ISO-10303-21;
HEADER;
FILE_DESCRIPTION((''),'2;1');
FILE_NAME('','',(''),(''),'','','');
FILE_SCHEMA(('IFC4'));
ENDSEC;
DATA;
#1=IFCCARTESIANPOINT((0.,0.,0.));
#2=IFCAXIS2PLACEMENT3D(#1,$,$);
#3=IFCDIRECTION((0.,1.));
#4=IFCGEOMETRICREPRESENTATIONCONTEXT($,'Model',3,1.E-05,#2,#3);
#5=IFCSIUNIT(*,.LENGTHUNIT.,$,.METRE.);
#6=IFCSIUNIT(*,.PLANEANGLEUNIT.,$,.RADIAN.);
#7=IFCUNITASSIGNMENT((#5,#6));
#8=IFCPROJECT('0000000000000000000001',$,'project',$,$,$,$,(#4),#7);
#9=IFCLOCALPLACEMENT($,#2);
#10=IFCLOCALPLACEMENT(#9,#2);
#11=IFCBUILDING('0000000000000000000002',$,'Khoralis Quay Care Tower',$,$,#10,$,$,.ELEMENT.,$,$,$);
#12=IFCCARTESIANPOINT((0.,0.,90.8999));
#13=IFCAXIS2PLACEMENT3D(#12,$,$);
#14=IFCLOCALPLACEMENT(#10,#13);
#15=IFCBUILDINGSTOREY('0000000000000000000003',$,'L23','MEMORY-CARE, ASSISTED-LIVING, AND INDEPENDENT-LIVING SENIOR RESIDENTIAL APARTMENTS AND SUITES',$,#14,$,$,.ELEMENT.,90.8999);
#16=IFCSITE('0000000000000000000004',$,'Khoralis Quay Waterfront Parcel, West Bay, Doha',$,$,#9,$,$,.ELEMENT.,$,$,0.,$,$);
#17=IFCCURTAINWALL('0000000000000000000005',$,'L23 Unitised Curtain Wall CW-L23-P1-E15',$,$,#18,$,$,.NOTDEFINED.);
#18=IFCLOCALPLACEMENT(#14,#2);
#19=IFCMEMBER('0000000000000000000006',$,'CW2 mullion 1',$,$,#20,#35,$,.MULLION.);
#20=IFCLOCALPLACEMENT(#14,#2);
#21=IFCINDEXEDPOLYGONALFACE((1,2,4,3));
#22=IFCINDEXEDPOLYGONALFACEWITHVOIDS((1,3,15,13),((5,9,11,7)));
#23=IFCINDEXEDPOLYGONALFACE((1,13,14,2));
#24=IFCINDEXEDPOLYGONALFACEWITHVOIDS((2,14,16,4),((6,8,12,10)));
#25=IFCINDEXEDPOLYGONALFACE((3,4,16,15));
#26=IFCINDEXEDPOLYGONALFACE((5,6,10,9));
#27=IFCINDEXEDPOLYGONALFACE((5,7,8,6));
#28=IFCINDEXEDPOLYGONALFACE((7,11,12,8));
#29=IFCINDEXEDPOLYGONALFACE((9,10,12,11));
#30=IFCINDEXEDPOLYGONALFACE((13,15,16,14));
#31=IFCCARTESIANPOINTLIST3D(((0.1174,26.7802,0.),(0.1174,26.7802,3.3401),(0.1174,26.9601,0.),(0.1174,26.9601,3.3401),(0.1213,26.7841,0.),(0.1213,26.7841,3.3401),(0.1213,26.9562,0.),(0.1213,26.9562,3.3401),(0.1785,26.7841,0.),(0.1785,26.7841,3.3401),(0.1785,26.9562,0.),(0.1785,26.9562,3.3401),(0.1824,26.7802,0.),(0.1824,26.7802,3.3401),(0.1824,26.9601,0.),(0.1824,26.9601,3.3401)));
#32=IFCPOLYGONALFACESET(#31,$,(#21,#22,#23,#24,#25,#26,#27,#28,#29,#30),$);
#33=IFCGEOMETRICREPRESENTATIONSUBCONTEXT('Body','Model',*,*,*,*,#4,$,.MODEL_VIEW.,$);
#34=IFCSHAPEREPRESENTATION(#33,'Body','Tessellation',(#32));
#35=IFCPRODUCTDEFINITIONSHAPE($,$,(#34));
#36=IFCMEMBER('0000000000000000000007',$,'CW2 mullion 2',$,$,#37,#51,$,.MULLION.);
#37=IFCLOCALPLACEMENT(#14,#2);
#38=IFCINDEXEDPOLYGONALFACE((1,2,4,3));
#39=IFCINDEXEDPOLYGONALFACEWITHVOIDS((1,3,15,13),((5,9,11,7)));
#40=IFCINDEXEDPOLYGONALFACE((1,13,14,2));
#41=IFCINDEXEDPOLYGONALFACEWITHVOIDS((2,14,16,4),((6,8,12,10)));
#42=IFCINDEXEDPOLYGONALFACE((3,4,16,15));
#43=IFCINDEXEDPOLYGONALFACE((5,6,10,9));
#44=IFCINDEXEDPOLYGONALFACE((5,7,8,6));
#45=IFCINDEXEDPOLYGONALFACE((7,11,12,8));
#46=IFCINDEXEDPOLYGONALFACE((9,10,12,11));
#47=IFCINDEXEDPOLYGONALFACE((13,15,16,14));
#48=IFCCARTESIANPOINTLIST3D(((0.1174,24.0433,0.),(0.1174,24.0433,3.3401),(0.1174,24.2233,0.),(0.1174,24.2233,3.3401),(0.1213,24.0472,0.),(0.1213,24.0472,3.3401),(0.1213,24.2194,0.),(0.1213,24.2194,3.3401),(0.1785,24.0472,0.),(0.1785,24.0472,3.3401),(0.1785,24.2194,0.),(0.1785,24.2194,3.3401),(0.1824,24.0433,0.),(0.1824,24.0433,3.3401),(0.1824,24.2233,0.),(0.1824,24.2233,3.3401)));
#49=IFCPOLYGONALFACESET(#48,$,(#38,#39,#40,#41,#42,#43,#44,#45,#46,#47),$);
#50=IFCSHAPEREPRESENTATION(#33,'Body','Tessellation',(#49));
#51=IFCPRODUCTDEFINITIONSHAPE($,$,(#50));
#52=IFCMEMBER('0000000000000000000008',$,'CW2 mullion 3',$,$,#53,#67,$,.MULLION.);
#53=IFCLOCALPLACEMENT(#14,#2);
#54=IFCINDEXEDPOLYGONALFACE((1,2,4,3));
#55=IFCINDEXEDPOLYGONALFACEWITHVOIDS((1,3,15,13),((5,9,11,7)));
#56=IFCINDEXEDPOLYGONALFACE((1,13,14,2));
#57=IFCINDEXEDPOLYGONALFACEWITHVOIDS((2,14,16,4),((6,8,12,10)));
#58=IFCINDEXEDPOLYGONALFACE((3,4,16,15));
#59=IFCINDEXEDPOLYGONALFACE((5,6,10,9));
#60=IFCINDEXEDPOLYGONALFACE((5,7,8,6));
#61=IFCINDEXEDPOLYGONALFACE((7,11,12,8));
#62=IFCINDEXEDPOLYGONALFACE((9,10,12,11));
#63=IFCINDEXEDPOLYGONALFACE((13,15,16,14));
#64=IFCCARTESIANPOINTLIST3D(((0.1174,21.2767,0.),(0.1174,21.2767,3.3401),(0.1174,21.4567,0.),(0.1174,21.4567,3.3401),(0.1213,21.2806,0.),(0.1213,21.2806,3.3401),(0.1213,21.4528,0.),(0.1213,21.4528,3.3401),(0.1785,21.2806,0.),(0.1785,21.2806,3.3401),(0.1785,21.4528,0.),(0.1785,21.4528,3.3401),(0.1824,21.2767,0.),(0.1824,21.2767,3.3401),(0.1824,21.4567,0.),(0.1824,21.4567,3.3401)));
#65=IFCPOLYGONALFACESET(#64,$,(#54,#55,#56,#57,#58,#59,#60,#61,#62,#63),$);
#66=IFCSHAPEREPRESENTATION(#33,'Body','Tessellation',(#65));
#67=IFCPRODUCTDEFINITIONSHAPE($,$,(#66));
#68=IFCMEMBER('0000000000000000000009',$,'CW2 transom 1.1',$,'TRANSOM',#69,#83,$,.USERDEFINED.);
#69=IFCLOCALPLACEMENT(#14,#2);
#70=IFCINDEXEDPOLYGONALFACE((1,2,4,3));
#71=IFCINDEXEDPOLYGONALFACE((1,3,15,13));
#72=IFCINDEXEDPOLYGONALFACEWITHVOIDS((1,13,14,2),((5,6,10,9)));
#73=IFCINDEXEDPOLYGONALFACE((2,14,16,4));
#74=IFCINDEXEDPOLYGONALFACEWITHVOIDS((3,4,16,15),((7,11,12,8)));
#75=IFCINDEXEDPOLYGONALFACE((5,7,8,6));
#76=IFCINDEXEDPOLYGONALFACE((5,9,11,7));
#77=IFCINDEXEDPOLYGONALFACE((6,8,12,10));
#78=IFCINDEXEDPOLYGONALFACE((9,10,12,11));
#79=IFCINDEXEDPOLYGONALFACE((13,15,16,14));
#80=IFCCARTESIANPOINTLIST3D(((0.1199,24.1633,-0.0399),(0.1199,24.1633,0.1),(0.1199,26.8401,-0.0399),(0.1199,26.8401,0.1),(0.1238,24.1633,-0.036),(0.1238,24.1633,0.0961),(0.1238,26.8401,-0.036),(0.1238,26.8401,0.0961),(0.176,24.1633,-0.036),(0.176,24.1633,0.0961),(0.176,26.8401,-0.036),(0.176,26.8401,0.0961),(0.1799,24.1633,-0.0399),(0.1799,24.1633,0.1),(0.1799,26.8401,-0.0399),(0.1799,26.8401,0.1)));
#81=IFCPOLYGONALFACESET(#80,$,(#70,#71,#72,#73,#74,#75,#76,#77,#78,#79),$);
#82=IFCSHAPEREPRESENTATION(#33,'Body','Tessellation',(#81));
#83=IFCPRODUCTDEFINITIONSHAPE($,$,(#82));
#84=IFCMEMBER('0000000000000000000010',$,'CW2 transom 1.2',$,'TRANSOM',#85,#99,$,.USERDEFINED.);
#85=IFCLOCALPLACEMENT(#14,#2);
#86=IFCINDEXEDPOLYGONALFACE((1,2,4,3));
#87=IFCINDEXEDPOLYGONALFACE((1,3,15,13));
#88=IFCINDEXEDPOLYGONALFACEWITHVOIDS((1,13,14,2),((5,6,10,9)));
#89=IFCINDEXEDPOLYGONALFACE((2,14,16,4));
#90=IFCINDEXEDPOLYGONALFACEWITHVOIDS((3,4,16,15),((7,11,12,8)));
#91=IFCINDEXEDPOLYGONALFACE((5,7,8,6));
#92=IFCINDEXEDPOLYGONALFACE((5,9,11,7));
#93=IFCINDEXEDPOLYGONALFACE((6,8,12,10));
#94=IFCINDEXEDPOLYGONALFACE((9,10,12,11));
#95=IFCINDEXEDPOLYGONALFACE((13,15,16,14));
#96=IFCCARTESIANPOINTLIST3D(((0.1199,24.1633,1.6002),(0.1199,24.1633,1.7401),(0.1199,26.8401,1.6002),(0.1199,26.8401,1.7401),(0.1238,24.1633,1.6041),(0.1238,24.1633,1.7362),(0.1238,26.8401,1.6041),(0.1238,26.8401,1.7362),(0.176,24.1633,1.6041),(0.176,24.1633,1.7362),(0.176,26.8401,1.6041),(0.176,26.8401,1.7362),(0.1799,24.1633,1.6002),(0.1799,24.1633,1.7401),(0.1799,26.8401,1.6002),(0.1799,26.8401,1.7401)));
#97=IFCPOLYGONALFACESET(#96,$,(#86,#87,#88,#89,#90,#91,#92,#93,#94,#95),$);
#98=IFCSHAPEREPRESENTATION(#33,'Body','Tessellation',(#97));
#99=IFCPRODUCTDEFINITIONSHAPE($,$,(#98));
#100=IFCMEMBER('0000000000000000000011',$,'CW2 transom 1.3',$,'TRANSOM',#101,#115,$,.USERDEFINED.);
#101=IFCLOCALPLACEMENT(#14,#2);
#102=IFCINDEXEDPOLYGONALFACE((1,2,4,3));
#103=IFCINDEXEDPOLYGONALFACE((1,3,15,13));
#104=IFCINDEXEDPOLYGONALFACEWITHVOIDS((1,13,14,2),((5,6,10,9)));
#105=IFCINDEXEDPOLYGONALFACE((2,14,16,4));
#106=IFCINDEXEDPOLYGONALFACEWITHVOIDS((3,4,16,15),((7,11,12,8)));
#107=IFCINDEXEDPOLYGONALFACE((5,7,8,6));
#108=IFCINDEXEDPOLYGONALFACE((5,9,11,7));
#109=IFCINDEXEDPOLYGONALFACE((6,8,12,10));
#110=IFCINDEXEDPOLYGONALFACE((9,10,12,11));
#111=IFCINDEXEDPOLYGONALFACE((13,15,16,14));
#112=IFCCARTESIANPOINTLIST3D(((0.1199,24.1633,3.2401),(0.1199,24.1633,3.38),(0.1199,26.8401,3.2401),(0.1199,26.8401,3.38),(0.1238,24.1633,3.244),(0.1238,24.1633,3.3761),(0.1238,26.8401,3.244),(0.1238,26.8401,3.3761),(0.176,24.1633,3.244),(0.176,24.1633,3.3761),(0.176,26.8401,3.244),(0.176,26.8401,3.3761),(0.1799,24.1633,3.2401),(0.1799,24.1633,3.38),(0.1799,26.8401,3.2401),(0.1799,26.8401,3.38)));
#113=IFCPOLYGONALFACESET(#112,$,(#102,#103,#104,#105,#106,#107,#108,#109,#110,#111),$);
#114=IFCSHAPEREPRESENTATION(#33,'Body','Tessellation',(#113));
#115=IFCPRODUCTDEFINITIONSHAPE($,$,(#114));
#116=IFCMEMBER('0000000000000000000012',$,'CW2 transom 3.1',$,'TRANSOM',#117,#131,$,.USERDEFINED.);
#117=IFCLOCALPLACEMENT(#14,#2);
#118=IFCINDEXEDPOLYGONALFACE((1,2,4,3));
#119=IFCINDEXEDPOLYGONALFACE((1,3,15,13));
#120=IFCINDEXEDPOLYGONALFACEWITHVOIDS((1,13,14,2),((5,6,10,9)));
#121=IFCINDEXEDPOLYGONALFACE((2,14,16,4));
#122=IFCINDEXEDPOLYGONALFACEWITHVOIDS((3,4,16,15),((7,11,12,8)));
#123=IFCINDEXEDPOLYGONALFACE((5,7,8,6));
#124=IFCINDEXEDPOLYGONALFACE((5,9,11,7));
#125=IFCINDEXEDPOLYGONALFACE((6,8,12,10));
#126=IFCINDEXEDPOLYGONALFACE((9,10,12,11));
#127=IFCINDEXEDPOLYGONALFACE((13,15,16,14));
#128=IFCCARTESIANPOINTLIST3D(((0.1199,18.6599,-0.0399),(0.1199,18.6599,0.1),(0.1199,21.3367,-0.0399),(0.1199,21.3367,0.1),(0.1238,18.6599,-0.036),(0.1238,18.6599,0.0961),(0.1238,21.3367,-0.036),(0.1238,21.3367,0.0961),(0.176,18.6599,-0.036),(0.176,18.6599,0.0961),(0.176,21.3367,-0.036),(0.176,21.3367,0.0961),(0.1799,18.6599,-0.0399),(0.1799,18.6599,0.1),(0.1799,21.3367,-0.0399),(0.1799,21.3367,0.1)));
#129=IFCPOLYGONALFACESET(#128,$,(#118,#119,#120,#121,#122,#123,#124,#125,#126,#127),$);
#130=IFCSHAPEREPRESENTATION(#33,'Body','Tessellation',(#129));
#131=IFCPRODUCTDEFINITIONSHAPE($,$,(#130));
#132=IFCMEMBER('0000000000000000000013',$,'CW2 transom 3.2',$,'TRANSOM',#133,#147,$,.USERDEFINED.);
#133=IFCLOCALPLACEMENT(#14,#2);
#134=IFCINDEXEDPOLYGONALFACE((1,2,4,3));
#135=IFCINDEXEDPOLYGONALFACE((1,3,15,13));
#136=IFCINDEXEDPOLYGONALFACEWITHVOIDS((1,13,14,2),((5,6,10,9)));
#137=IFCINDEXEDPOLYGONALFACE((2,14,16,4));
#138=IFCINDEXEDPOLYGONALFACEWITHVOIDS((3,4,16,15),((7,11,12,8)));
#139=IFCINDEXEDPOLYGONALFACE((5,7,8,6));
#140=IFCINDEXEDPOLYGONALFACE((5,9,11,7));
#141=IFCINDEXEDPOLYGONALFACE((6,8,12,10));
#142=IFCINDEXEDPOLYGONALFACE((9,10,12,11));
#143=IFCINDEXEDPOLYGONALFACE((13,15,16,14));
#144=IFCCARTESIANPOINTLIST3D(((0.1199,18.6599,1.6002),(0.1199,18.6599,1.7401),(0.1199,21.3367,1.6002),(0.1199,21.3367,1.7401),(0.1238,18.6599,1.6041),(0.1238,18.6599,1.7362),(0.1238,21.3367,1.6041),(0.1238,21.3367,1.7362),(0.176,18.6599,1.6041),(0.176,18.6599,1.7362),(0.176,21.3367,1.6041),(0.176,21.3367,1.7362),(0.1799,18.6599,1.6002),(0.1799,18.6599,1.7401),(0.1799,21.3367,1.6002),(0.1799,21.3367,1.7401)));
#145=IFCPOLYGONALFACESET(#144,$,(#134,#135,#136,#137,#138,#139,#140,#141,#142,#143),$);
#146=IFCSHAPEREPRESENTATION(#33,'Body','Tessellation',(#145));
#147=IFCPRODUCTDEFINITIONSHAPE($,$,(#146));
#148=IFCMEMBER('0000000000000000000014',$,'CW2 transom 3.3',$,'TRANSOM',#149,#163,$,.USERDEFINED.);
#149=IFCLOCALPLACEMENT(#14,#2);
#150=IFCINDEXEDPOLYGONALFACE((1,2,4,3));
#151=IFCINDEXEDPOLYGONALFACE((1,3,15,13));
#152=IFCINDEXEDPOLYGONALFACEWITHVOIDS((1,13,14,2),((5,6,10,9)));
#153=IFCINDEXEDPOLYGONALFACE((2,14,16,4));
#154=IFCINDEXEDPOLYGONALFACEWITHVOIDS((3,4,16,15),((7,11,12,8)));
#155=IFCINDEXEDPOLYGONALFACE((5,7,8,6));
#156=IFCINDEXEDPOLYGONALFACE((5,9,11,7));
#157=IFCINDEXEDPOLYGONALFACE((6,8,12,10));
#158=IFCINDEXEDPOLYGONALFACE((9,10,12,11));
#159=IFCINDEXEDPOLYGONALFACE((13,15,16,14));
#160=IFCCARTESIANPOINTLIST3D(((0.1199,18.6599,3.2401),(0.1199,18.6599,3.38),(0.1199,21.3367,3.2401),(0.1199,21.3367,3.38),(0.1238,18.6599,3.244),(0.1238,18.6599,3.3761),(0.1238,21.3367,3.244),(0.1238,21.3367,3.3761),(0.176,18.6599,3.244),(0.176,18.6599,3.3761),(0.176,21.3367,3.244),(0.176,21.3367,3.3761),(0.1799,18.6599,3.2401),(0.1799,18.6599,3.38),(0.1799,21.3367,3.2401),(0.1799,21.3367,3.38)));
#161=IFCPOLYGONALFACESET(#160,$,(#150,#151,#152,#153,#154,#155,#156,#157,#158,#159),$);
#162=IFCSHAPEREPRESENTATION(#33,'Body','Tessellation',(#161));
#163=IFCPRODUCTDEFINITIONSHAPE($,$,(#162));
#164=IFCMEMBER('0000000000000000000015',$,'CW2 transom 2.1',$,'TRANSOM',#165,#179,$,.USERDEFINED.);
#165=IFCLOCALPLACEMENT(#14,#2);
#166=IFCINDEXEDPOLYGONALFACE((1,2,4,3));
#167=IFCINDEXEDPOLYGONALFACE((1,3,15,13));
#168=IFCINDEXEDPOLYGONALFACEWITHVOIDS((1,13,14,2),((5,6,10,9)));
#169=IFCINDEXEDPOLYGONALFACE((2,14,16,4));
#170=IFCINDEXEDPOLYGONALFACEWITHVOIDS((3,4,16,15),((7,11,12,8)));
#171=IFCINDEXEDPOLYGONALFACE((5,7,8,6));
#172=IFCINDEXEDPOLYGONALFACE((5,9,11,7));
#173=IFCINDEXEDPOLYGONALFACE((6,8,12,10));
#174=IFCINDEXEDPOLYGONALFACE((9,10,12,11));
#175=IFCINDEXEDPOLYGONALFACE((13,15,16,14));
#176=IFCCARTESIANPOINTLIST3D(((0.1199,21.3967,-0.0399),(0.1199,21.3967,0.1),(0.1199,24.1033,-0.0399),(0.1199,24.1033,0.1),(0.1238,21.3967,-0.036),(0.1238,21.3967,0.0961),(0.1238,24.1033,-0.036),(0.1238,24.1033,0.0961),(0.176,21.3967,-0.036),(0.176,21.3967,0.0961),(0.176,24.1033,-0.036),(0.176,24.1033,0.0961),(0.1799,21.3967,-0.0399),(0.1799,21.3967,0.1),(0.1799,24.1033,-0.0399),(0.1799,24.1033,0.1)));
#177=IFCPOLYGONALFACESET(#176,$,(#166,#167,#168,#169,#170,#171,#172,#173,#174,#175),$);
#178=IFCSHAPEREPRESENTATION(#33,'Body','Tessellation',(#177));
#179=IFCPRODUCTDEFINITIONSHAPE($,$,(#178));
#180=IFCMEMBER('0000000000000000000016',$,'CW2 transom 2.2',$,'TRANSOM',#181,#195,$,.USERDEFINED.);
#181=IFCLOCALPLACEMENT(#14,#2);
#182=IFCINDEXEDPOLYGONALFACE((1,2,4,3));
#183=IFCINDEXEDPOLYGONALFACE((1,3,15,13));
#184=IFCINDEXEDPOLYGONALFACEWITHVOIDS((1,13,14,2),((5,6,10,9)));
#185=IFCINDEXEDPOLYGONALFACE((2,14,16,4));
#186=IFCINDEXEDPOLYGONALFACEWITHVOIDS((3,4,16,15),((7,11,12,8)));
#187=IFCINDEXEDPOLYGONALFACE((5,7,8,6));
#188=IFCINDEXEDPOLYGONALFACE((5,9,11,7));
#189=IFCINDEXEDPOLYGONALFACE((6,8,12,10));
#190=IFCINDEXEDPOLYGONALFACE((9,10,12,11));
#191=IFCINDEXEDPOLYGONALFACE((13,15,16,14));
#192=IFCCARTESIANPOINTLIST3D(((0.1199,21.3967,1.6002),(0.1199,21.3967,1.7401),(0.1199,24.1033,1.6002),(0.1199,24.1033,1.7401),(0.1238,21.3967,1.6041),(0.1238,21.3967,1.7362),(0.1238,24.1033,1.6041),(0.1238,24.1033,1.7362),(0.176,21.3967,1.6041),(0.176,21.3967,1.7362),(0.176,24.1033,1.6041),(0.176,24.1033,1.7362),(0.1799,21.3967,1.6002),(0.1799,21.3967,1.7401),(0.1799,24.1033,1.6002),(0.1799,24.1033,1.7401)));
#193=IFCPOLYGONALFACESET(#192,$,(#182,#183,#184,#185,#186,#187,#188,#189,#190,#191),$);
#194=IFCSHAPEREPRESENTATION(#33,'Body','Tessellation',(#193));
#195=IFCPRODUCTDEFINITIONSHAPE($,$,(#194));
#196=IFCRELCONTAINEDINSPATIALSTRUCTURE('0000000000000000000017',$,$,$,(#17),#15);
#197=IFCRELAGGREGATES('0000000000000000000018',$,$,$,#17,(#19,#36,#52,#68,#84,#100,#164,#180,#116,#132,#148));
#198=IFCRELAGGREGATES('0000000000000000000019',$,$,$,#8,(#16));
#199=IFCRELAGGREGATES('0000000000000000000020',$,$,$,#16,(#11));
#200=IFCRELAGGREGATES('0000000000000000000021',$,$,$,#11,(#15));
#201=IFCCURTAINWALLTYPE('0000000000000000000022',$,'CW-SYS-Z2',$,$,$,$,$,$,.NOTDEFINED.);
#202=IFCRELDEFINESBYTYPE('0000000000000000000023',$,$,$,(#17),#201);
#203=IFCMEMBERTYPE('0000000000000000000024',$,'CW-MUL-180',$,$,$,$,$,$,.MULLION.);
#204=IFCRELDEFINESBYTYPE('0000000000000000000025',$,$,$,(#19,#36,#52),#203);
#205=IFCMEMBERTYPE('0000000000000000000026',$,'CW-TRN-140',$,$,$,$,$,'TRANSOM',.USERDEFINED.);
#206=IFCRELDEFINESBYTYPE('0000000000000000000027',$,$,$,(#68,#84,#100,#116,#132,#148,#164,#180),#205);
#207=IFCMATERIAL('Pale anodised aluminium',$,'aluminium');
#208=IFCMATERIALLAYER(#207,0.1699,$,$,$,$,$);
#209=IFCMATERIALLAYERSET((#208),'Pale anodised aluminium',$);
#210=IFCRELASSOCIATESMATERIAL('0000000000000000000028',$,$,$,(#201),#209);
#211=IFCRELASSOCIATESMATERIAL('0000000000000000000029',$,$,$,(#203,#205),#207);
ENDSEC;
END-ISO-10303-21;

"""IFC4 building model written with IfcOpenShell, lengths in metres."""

from ifc_helpers import new_model, si_unit, direction, frame, origin, origin_2d, place, context, subcontext, project, spatial, hollow_rectangle, extrude, source, transform, mapped, material, layer, layer_set, material_profile, profile_set, type_object, element, aggregate, save


model = new_model("IFC4")

# Units and contexts
model_context = context("Model", 3, precision=1e-05, world=origin(), true_north=direction((0.0, 1.0)))
body_context = subcontext(model_context, "Body", "Model", "MODEL_VIEW")
ifc_project = project(units=[si_unit("LENGTHUNIT", "METRE"), si_unit("PLANEANGLEUNIT", "RADIAN")], contexts=[model_context])

# Site, building, storey
site_placement = place(None, origin())
site = spatial("IfcSite", under=ifc_project, at=site_placement, Name="Khoralis Quay Waterfront Parcel, West Bay, Doha", CompositionType="ELEMENT", RefElevation=0.0)
building_placement = place(site_placement, origin())
building = spatial("IfcBuilding", under=site, at=building_placement, Name="Khoralis Quay Care Tower", CompositionType="ELEMENT")
storey_placement = place(building_placement, frame((0.0, 0.0, 90.8999)))
storey = spatial("IfcBuildingStorey", under=building, at=storey_placement, Name="L23", Description="MEMORY-CARE, ASSISTED-LIVING, AND INDEPENDENT-LIVING SENIOR RESIDENTIAL APARTMENTS AND SUITES", CompositionType="ELEMENT", Elevation=90.8999)

# Curtain wall, members
ifc_material_1 = material(Name="Pale anodised aluminium", Category="aluminium")
ifc_layer_1 = layer(ifc_material_1, 0.1699)
ifc_layer_set_1 = layer_set([ifc_layer_1], Name="Pale anodised aluminium")
curtain_wall_type = type_object("IfcCurtainWallType", Name="CW-SYS-Z2", PredefinedType="NOTDEFINED", material=ifc_layer_set_1)
curtain_wall_placement = place(storey_placement, origin())
curtain_wall = element("IfcCurtainWall", 1, at=curtain_wall_placement, inside=storey, type_object=curtain_wall_type, Name="L23 Unitised Curtain Wall CW-L23-P1-E15", PredefinedType="NOTDEFINED")
ifc_material_profile_1 = material_profile(ifc_material_1, hollow_rectangle(XDim=0.0649, YDim=0.1799, WallThickness=0.0039, at=origin_2d()), Name="Pale anodised aluminium")
ifc_profile_set_1 = profile_set([ifc_material_profile_1], Name="Pale anodised aluminium")
member_type_1 = type_object("IfcMemberType", Name="CW-MUL-180", PredefinedType="MULLION", material=ifc_profile_set_1)
shared_shape_1 = source(origin(), body_context, "Body", "SweptSolid", [
    extrude(hollow_rectangle(XDim=0.0649, YDim=0.1799, WallThickness=0.0039, at=origin_2d()), origin(), (0.0, 0.0, 1.0), 3.3401),
])
member_1_placement = place(storey_placement, frame((0.1499, 26.8701, 0.0), z_axis=(0.0, 0.0, 1.0), x_axis=(1.0, 0.0, 0.0)))
member_1 = element("IfcMember", 2, at=member_1_placement, type_object=member_type_1, Name="CW2 mullion 1", PredefinedType="MULLION", context=body_context, shape_type="MappedRepresentation", body=[
    mapped(shared_shape_1, transform((0.0, 0.0, 0.0), scale=1.0)),
])
member_2_placement = place(storey_placement, frame((0.1499, 24.1333, 0.0), z_axis=(0.0, 0.0, 1.0), x_axis=(1.0, 0.0, 0.0)))
member_2 = element("IfcMember", 3, at=member_2_placement, type_object=member_type_1, Name="CW2 mullion 2", PredefinedType="MULLION", context=body_context, shape_type="MappedRepresentation", body=[
    mapped(shared_shape_1, transform((0.0, 0.0, 0.0), scale=1.0)),
])
member_3_placement = place(storey_placement, frame((0.1499, 21.3667, 0.0), z_axis=(0.0, 0.0, 1.0), x_axis=(1.0, 0.0, 0.0)))
member_3 = element("IfcMember", 4, at=member_3_placement, type_object=member_type_1, Name="CW2 mullion 3", PredefinedType="MULLION", context=body_context, shape_type="MappedRepresentation", body=[
    mapped(shared_shape_1, transform((0.0, 0.0, 0.0), scale=1.0)),
])
ifc_material_profile_2 = material_profile(ifc_material_1, hollow_rectangle(XDim=0.0601, YDim=0.1399, WallThickness=0.0039, at=origin_2d()), Name="Pale anodised aluminium")
ifc_profile_set_2 = profile_set([ifc_material_profile_2], Name="Pale anodised aluminium")
member_type_2 = type_object("IfcMemberType", Name="CW-TRN-140", ElementType="TRANSOM", PredefinedType="USERDEFINED", material=ifc_profile_set_2)
shared_shape_2 = source(origin(), body_context, "Body", "SweptSolid", [
    extrude(hollow_rectangle(XDim=0.0601, YDim=0.1399, WallThickness=0.0039, at=origin_2d()), origin(), (0.0, 0.0, 1.0), 2.6768),
])
member_4_placement = place(storey_placement, frame((0.1499, 26.8401, 0.03), z_axis=(0.0, -1.0, 0.0), x_axis=(1.0, 0.0, 0.0)))
member_4 = element("IfcMember", 5, at=member_4_placement, type_object=member_type_2, Name="CW2 transom 1.1", ObjectType="TRANSOM", PredefinedType="USERDEFINED", context=body_context, shape_type="MappedRepresentation", body=[
    mapped(shared_shape_2, transform((0.0, 0.0, 0.0), scale=1.0)),
])
member_5_placement = place(storey_placement, frame((0.1499, 26.8401, 1.6702), z_axis=(0.0, -1.0, 0.0), x_axis=(1.0, 0.0, 0.0)))
member_5 = element("IfcMember", 6, at=member_5_placement, type_object=member_type_2, Name="CW2 transom 1.2", ObjectType="TRANSOM", PredefinedType="USERDEFINED", context=body_context, shape_type="MappedRepresentation", body=[
    mapped(shared_shape_2, transform((0.0, 0.0, 0.0), scale=1.0)),
])
member_6_placement = place(storey_placement, frame((0.1499, 26.8401, 3.3101), z_axis=(0.0, -1.0, 0.0), x_axis=(1.0, 0.0, 0.0)))
member_6 = element("IfcMember", 7, at=member_6_placement, type_object=member_type_2, Name="CW2 transom 1.3", ObjectType="TRANSOM", PredefinedType="USERDEFINED", context=body_context, shape_type="MappedRepresentation", body=[
    mapped(shared_shape_2, transform((0.0, 0.0, 0.0), scale=1.0)),
])
member_7_placement = place(storey_placement, frame((0.1499, 21.3367, 0.03), z_axis=(0.0, -1.0, 0.0), x_axis=(1.0, 0.0, 0.0)))
member_7 = element("IfcMember", 8, at=member_7_placement, type_object=member_type_2, Name="CW2 transom 3.1", ObjectType="TRANSOM", PredefinedType="USERDEFINED", context=body_context, shape_type="MappedRepresentation", body=[
    mapped(shared_shape_2, transform((0.0, 0.0, 0.0), scale=1.0)),
])
member_8_placement = place(storey_placement, frame((0.1499, 21.3367, 1.6702), z_axis=(0.0, -1.0, 0.0), x_axis=(1.0, 0.0, 0.0)))
member_8 = element("IfcMember", 9, at=member_8_placement, type_object=member_type_2, Name="CW2 transom 3.2", ObjectType="TRANSOM", PredefinedType="USERDEFINED", context=body_context, shape_type="MappedRepresentation", body=[
    mapped(shared_shape_2, transform((0.0, 0.0, 0.0), scale=1.0)),
])
member_9_placement = place(storey_placement, frame((0.1499, 21.3367, 3.3101), z_axis=(0.0, -1.0, 0.0), x_axis=(1.0, 0.0, 0.0)))
member_9 = element("IfcMember", 10, at=member_9_placement, type_object=member_type_2, Name="CW2 transom 3.3", ObjectType="TRANSOM", PredefinedType="USERDEFINED", context=body_context, shape_type="MappedRepresentation", body=[
    mapped(shared_shape_2, transform((0.0, 0.0, 0.0), scale=1.0)),
])
shared_shape_3 = source(origin(), body_context, "Body", "SweptSolid", [
    extrude(hollow_rectangle(XDim=0.0601, YDim=0.1399, WallThickness=0.0039, at=origin_2d()), origin(), (0.0, 0.0, 1.0), 2.7065),
])
member_10_placement = place(storey_placement, frame((0.1499, 24.1033, 0.03), z_axis=(0.0, -1.0, 0.0), x_axis=(1.0, 0.0, 0.0)))
member_10 = element("IfcMember", 11, at=member_10_placement, type_object=member_type_2, Name="CW2 transom 2.1", ObjectType="TRANSOM", PredefinedType="USERDEFINED", context=body_context, shape_type="MappedRepresentation", body=[
    mapped(shared_shape_3, transform((0.0, 0.0, 0.0), scale=1.0)),
])
member_11_placement = place(storey_placement, frame((0.1499, 24.1033, 1.6702), z_axis=(0.0, -1.0, 0.0), x_axis=(1.0, 0.0, 0.0)))
member_11 = element("IfcMember", 12, at=member_11_placement, type_object=member_type_2, Name="CW2 transom 2.2", ObjectType="TRANSOM", PredefinedType="USERDEFINED", context=body_context, shape_type="MappedRepresentation", body=[
    mapped(shared_shape_3, transform((0.0, 0.0, 0.0), scale=1.0)),
])
aggregate(curtain_wall, [member_1, member_2, member_3, member_4, member_5, member_6, member_10, member_11, member_7, member_8, member_9])

save(model, "model.ifc")
